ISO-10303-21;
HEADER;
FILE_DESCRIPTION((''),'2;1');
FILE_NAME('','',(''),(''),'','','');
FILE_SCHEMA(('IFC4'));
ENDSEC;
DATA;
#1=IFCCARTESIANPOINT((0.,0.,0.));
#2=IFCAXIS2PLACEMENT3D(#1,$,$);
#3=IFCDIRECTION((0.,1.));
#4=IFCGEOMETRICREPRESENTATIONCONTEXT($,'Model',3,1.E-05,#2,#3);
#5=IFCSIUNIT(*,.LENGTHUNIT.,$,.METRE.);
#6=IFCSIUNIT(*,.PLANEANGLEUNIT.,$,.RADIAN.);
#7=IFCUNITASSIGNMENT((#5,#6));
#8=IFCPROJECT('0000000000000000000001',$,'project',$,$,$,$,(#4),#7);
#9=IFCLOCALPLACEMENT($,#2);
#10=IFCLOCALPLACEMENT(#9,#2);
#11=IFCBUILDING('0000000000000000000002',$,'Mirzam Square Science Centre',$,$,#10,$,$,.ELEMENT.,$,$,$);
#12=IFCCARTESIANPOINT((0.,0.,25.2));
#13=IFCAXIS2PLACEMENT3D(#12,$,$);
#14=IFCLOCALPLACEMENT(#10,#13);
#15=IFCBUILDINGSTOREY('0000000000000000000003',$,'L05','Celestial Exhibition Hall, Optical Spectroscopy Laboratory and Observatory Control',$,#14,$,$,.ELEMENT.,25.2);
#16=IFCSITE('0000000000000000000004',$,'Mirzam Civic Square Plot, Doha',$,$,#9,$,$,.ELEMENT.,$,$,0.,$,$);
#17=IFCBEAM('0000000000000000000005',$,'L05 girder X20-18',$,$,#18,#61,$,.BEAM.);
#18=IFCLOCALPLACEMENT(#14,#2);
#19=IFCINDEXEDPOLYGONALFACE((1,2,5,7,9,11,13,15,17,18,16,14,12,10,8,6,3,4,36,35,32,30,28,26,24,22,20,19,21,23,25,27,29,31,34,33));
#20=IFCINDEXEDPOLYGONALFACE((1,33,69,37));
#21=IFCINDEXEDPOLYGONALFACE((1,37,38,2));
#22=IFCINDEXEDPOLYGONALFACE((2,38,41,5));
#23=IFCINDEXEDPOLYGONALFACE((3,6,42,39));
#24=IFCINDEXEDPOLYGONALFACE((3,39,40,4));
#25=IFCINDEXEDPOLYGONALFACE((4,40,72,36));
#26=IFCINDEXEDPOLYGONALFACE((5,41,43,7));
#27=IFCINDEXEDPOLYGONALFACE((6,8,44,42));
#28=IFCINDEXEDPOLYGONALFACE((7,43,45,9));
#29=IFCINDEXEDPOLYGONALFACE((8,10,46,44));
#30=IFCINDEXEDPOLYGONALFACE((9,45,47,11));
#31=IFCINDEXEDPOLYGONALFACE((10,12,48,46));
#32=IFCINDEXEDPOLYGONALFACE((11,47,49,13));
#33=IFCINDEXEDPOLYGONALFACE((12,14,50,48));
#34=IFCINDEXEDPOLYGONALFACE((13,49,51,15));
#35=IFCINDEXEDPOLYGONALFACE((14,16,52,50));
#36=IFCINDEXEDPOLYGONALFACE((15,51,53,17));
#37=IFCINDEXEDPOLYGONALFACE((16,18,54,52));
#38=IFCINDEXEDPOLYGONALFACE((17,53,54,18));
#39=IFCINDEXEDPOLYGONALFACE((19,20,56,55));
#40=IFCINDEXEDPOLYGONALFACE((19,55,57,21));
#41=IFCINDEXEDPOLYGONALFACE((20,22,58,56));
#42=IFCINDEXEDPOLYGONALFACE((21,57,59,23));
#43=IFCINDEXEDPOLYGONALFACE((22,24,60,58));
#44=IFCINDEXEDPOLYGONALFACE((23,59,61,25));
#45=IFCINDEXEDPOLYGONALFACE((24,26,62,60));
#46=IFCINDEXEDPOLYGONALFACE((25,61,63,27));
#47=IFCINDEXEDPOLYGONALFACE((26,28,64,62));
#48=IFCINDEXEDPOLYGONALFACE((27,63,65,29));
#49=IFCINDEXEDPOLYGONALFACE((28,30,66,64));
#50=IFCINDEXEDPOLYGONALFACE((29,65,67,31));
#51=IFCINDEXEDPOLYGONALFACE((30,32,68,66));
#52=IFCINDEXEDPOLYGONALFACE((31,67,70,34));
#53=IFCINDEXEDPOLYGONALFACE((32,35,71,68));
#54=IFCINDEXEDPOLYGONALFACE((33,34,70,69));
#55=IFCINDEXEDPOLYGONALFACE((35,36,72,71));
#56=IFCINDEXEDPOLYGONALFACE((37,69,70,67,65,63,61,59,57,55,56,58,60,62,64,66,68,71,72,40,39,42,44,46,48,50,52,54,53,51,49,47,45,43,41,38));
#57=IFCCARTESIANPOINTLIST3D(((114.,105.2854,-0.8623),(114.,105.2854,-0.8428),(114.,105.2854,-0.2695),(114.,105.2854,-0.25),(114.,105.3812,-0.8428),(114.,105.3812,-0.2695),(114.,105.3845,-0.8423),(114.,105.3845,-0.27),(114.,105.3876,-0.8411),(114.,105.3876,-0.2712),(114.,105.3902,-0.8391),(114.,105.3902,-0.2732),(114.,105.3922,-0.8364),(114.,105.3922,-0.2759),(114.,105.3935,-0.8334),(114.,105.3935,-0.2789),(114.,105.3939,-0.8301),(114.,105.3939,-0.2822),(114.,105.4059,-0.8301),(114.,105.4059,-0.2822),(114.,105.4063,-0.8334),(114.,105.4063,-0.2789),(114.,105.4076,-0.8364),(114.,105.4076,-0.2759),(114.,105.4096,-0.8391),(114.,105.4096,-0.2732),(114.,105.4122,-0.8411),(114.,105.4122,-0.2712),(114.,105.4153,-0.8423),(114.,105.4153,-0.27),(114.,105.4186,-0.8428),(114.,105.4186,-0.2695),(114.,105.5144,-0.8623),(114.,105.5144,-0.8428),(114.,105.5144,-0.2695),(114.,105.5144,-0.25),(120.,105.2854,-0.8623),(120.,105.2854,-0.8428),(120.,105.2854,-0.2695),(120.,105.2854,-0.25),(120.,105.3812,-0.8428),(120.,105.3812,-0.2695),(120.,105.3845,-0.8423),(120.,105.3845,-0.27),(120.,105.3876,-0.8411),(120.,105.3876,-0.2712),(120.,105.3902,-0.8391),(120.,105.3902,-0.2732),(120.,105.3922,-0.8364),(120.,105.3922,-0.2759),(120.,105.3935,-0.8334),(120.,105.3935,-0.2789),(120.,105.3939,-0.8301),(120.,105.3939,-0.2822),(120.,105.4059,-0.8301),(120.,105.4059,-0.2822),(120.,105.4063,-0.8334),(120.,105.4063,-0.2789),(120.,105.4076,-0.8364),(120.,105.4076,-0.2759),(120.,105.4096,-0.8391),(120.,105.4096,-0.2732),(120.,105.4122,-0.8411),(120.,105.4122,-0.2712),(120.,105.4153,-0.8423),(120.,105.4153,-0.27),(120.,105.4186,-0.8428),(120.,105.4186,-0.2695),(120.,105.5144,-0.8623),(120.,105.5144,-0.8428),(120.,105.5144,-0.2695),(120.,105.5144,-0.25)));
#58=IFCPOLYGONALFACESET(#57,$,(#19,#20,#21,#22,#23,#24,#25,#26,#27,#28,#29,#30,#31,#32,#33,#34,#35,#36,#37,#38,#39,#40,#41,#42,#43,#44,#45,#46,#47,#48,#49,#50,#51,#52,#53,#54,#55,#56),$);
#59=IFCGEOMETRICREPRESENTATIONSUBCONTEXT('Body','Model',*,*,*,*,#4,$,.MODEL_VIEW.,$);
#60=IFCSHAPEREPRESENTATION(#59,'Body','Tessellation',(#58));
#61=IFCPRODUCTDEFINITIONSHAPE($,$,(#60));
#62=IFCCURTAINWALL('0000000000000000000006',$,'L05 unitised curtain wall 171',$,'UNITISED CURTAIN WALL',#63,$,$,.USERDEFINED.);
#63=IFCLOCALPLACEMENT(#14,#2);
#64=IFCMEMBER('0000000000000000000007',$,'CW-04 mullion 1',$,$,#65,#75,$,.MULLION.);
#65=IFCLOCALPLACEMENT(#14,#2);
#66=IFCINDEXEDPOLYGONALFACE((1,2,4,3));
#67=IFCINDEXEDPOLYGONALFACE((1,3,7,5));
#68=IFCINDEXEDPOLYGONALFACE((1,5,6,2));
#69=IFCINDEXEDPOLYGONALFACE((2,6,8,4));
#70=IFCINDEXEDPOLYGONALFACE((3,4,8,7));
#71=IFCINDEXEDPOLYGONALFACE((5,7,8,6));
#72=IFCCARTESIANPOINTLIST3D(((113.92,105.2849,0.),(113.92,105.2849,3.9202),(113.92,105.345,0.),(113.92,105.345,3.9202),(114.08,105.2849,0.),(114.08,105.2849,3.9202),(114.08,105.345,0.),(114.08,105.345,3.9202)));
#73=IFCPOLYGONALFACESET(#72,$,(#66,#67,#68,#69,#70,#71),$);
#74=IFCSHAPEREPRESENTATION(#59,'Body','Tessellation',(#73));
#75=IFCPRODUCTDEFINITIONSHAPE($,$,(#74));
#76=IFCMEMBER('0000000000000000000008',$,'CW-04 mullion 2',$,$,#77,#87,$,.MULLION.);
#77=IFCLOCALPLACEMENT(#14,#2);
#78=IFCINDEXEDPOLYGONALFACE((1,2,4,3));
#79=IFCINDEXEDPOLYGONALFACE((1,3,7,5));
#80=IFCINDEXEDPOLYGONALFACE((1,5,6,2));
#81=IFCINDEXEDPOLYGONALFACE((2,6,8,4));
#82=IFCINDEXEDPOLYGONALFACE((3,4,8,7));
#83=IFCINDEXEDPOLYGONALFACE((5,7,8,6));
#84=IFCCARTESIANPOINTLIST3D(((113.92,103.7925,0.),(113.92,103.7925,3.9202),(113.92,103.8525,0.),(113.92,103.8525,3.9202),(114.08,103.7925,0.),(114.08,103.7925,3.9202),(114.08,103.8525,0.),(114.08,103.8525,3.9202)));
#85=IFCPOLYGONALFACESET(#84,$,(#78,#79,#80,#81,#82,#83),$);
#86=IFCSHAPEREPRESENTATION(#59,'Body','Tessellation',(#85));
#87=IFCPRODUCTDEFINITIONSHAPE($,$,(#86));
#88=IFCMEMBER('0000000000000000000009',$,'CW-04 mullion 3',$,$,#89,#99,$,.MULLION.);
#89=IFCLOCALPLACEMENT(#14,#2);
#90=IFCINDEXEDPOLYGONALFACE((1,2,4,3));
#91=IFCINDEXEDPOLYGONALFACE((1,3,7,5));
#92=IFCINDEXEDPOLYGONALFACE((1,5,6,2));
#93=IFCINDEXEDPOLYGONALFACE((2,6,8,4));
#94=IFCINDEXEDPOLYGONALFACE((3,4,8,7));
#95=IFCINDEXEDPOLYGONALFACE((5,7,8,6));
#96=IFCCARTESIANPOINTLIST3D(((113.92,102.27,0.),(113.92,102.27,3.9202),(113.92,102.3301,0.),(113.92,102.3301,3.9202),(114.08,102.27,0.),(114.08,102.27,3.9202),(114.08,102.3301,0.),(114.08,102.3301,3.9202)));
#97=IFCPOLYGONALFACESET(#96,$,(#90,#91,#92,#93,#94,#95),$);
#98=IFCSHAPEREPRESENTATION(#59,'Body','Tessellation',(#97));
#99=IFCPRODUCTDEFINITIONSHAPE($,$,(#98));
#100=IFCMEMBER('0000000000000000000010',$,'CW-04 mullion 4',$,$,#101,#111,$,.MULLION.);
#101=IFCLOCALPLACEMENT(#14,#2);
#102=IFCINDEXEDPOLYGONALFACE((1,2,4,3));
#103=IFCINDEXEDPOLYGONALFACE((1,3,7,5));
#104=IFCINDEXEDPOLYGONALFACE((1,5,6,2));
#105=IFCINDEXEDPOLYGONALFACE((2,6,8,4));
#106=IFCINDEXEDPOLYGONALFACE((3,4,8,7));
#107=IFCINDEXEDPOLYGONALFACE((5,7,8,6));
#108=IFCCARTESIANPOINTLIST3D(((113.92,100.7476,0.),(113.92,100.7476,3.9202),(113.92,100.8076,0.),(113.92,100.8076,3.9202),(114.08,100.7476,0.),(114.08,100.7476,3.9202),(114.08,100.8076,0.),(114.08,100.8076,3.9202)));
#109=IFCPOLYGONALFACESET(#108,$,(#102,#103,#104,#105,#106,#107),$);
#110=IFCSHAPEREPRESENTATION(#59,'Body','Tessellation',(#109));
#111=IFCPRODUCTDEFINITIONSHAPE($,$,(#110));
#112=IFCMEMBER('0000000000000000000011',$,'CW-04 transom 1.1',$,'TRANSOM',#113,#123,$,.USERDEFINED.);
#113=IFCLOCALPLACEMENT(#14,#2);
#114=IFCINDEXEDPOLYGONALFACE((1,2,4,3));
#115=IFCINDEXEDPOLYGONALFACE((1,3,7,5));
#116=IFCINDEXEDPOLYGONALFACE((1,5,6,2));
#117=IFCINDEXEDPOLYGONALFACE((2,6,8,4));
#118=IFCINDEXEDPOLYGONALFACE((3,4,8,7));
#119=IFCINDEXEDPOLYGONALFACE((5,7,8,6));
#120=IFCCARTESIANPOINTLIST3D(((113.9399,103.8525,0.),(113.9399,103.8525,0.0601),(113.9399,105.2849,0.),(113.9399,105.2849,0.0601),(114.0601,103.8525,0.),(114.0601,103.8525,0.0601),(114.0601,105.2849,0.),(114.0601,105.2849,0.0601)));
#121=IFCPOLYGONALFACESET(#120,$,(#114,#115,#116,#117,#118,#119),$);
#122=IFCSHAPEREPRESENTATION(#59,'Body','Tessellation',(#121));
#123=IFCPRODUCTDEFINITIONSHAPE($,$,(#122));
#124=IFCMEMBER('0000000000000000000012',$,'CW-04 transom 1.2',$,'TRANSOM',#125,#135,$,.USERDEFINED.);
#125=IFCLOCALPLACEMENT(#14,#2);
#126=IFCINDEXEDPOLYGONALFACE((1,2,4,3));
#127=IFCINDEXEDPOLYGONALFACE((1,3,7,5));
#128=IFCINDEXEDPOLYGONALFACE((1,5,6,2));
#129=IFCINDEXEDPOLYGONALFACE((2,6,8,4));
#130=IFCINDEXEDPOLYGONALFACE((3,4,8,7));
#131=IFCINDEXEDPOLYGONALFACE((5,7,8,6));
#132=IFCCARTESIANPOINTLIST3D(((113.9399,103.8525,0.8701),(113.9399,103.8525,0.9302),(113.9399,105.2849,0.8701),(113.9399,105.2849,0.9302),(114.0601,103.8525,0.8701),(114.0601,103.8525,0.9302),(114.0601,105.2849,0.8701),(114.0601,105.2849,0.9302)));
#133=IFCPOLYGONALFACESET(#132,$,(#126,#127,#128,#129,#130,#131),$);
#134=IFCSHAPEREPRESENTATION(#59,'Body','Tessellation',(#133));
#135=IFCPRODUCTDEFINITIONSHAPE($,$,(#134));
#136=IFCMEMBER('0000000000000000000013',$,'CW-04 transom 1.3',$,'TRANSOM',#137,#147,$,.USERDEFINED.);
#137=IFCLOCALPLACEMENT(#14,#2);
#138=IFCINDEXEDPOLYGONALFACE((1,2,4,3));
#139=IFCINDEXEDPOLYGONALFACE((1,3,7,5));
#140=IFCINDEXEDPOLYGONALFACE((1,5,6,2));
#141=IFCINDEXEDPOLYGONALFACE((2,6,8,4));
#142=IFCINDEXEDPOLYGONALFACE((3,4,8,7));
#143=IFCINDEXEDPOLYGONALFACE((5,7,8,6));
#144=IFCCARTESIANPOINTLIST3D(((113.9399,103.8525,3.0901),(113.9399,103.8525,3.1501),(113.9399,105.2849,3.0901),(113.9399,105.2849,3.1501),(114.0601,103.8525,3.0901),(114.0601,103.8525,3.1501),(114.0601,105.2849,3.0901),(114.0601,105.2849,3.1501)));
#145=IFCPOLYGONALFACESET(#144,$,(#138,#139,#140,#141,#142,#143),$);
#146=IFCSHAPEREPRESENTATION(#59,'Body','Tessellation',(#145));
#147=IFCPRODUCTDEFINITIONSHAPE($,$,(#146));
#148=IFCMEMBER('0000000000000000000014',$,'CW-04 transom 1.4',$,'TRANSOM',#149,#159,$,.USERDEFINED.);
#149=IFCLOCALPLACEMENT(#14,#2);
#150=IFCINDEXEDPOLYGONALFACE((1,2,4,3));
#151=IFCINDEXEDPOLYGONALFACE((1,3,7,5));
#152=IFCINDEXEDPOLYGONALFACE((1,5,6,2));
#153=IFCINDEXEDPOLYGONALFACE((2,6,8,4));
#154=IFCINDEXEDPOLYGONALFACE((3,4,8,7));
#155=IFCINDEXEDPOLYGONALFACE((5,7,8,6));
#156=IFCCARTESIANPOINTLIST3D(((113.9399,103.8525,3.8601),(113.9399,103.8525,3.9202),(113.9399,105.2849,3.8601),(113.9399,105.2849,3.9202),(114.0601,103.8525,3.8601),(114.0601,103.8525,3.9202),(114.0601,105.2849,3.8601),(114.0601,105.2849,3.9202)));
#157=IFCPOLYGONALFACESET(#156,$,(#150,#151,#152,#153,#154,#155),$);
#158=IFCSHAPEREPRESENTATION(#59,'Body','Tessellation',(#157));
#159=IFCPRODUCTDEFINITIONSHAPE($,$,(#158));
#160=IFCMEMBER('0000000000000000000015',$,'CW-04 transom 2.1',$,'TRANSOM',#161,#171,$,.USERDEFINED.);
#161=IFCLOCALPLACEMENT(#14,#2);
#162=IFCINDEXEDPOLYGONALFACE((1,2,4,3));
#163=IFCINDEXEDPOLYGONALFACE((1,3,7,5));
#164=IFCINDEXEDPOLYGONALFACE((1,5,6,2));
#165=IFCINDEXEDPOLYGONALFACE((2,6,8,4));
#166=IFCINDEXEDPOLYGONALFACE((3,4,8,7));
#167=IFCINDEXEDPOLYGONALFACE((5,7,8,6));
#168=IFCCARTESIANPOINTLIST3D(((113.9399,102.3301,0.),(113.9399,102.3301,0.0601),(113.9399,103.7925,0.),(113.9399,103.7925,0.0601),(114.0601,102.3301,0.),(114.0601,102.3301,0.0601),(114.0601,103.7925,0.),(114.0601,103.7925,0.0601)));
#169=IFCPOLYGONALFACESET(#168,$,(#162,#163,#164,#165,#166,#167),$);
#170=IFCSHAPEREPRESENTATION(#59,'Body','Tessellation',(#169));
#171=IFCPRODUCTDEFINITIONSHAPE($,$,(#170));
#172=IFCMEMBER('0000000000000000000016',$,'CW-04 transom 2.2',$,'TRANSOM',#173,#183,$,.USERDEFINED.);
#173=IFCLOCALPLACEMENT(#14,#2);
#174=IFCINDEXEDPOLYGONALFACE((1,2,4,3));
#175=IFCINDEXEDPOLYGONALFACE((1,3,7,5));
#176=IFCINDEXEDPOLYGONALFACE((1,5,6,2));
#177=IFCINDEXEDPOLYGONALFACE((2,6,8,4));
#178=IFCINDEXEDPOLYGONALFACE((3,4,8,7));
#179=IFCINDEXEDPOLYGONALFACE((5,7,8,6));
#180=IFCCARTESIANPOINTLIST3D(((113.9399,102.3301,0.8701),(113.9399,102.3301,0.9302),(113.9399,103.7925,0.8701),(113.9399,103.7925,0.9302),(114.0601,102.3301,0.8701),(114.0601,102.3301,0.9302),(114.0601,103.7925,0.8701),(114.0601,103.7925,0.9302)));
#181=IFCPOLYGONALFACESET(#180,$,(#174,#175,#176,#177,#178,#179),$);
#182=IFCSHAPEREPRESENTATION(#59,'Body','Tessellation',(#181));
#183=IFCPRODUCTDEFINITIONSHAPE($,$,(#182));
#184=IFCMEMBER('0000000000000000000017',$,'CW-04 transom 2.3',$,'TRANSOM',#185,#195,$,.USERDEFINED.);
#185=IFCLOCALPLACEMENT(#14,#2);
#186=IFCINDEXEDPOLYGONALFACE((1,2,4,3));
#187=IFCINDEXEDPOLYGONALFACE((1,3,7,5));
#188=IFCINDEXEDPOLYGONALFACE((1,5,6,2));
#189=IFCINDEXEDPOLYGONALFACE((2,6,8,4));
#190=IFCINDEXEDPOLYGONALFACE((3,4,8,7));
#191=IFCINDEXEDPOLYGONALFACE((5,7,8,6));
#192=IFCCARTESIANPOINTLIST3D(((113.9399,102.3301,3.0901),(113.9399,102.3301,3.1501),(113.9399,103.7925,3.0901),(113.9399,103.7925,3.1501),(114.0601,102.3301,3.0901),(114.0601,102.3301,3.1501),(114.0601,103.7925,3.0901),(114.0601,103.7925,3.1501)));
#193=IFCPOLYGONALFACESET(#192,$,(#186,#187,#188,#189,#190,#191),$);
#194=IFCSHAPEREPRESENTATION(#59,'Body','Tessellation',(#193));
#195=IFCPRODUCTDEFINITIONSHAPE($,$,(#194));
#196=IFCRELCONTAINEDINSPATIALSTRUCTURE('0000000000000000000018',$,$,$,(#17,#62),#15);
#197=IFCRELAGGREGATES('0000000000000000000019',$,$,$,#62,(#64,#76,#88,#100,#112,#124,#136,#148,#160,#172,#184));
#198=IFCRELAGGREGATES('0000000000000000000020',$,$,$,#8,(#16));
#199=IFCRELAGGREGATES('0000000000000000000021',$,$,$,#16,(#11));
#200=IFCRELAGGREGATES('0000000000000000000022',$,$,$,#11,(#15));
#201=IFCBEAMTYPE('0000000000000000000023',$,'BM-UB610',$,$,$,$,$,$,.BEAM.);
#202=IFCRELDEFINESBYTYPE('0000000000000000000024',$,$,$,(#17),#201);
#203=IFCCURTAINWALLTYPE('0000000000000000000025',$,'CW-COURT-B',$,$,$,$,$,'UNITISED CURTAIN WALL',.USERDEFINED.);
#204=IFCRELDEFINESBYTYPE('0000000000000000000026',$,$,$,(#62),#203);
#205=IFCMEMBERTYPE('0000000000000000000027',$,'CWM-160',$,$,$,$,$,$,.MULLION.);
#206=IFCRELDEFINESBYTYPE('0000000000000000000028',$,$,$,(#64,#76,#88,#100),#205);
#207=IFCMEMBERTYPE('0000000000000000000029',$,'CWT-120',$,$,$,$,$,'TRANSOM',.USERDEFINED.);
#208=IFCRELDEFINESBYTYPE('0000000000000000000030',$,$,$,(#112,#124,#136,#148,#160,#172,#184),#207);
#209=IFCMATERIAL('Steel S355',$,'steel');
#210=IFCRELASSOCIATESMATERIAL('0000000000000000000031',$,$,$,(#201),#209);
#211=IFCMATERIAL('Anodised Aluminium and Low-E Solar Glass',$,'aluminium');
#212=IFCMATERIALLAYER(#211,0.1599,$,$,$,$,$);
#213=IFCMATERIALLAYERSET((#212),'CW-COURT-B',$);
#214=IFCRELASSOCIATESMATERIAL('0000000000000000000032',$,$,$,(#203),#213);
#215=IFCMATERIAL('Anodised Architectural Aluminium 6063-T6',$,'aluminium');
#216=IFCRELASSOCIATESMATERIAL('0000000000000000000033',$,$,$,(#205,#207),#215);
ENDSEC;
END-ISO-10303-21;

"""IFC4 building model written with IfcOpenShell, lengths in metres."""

from ifc_helpers import new_model, si_unit, direction, frame, origin, origin_2d, place, context, subcontext, project, spatial, rectangle, i_section, extrude, material, layer, layer_set, material_profile, profile_set, type_object, element, aggregate, save


model = new_model("IFC4")

# Units and contexts
model_context = context("Model", 3, precision=1e-05, world=origin(), true_north=direction((0.0, 1.0)))
body_context = subcontext(model_context, "Body", "Model", "MODEL_VIEW")
ifc_project = project(units=[si_unit("LENGTHUNIT", "METRE"), si_unit("PLANEANGLEUNIT", "RADIAN")], contexts=[model_context])

# Site, building, storey
site_placement = place(None, origin())
site = spatial("IfcSite", under=ifc_project, at=site_placement, Name="Mirzam Civic Square Plot, Doha", CompositionType="ELEMENT", RefElevation=0.0)
building_placement = place(site_placement, origin())
building = spatial("IfcBuilding", under=site, at=building_placement, Name="Mirzam Square Science Centre", CompositionType="ELEMENT")
storey_placement = place(building_placement, frame((0.0, 0.0, 25.2)))
storey = spatial("IfcBuildingStorey", under=building, at=storey_placement, Name="L05", Description="Celestial Exhibition Hall, Optical Spectroscopy Laboratory and Observatory Control", CompositionType="ELEMENT", Elevation=25.2)

# Shared definitions
ifc_material_1 = material(Name="Steel S355", Category="steel")

# Beam
ifc_material_profile_1 = material_profile(ifc_material_1, i_section(OverallWidth=0.229, OverallDepth=0.6123, WebThickness=0.012, FlangeThickness=0.0195, FilletRadius=0.0127, at=origin_2d()), Name="610x229x125UB")
ifc_profile_set_1 = profile_set([ifc_material_profile_1], Name="Steel S355")
beam_type_1 = type_object("IfcBeamType", Name="BM-UB610", PredefinedType="BEAM", material=ifc_profile_set_1)
beam_1_placement = place(storey_placement, frame((114.0, 105.3999, -0.5562), z_axis=(1.0, 0.0, 0.0), x_axis=(0.0, 1.0, 0.0)))
element("IfcBeam", 1, at=beam_1_placement, inside=storey, type_object=beam_type_1, Name="L05 girder X20-18", PredefinedType="BEAM", context=body_context, shape_type="SweptSolid", body=[
    extrude(i_section(OverallWidth=0.229, OverallDepth=0.6123, WebThickness=0.012, FlangeThickness=0.0195, FilletRadius=0.0127, at=origin_2d()), origin(), (0.0, 0.0, 1.0), 6.0),
])

# Curtain wall, members
ifc_material_2 = material(Name="Anodised Aluminium and Low-E Solar Glass", Category="aluminium")
ifc_layer_1 = layer(ifc_material_2, 0.1599)
ifc_layer_set_1 = layer_set([ifc_layer_1], Name="CW-COURT-B")
curtain_wall_type = type_object("IfcCurtainWallType", Name="CW-COURT-B", ElementType="UNITISED CURTAIN WALL", PredefinedType="USERDEFINED", material=ifc_layer_set_1)
curtain_wall_placement = place(storey_placement, origin())
curtain_wall = element("IfcCurtainWall", 2, at=curtain_wall_placement, inside=storey, type_object=curtain_wall_type, Name="L05 unitised curtain wall 171", ObjectType="UNITISED CURTAIN WALL", PredefinedType="USERDEFINED")
ifc_material_3 = material(Name="Anodised Architectural Aluminium 6063-T6", Category="aluminium")
ifc_material_profile_2 = material_profile(ifc_material_3, rectangle(XDim=0.0601, YDim=0.1599, at=origin_2d()), Name="ALU-MULL-160x60x4")
ifc_profile_set_2 = profile_set([ifc_material_profile_2], Name="Anodised Architectural Aluminium 6063-T6")
member_type_1 = type_object("IfcMemberType", Name="CWM-160", PredefinedType="MULLION", material=ifc_profile_set_2)
member_1_placement = place(storey_placement, frame((114.0, 105.3149, 0.0), z_axis=(0.0, 0.0, 1.0), x_axis=(0.0, -1.0, 0.0)))
member_1 = element("IfcMember", 3, at=member_1_placement, type_object=member_type_1, Name="CW-04 mullion 1", PredefinedType="MULLION", context=body_context, shape_type="SweptSolid", body=[
    extrude(rectangle(XDim=0.0601, YDim=0.1599, at=origin_2d()), origin(), (0.0, 0.0, 1.0), 3.9202),
])
member_2_placement = place(storey_placement, frame((114.0, 103.8225, 0.0), z_axis=(0.0, 0.0, 1.0), x_axis=(0.0, -1.0, 0.0)))
member_2 = element("IfcMember", 4, at=member_2_placement, type_object=member_type_1, Name="CW-04 mullion 2", PredefinedType="MULLION", context=body_context, shape_type="SweptSolid", body=[
    extrude(rectangle(XDim=0.0601, YDim=0.1599, at=origin_2d()), origin(), (0.0, 0.0, 1.0), 3.9202),
])
member_3_placement = place(storey_placement, frame((114.0, 102.3, 0.0), z_axis=(0.0, 0.0, 1.0), x_axis=(0.0, -1.0, 0.0)))
member_3 = element("IfcMember", 5, at=member_3_placement, type_object=member_type_1, Name="CW-04 mullion 3", PredefinedType="MULLION", context=body_context, shape_type="SweptSolid", body=[
    extrude(rectangle(XDim=0.0601, YDim=0.1599, at=origin_2d()), origin(), (0.0, 0.0, 1.0), 3.9202),
])
member_4_placement = place(storey_placement, frame((114.0, 100.7776, 0.0), z_axis=(0.0, 0.0, 1.0), x_axis=(0.0, -1.0, 0.0)))
member_4 = element("IfcMember", 6, at=member_4_placement, type_object=member_type_1, Name="CW-04 mullion 4", PredefinedType="MULLION", context=body_context, shape_type="SweptSolid", body=[
    extrude(rectangle(XDim=0.0601, YDim=0.1599, at=origin_2d()), origin(), (0.0, 0.0, 1.0), 3.9202),
])
ifc_material_profile_3 = material_profile(ifc_material_3, rectangle(XDim=0.1201, YDim=0.0601, at=origin_2d()), Name="ALU-TRAN-120x60x4")
ifc_profile_set_3 = profile_set([ifc_material_profile_3], Name="Anodised Architectural Aluminium 6063-T6")
member_type_2 = type_object("IfcMemberType", Name="CWT-120", ElementType="TRANSOM", PredefinedType="USERDEFINED", material=ifc_profile_set_3)
member_5_placement = place(storey_placement, frame((114.0, 105.2849, 0.03), z_axis=(0.0, -1.0, 0.0), x_axis=(1.0, 0.0, 0.0)))
member_5 = element("IfcMember", 7, at=member_5_placement, type_object=member_type_2, Name="CW-04 transom 1.1", ObjectType="TRANSOM", PredefinedType="USERDEFINED", context=body_context, shape_type="SweptSolid", body=[
    extrude(rectangle(XDim=0.1201, YDim=0.0601, at=origin_2d()), origin(), (0.0, 0.0, 1.0), 1.4324),
])
member_6_placement = place(storey_placement, frame((114.0, 105.2849, 0.9001), z_axis=(0.0, -1.0, 0.0), x_axis=(1.0, 0.0, 0.0)))
member_6 = element("IfcMember", 8, at=member_6_placement, type_object=member_type_2, Name="CW-04 transom 1.2", ObjectType="TRANSOM", PredefinedType="USERDEFINED", context=body_context, shape_type="SweptSolid", body=[
    extrude(rectangle(XDim=0.1201, YDim=0.0601, at=origin_2d()), origin(), (0.0, 0.0, 1.0), 1.4324),
])
member_7_placement = place(storey_placement, frame((114.0, 105.2849, 3.1201), z_axis=(0.0, -1.0, 0.0), x_axis=(1.0, 0.0, 0.0)))
member_7 = element("IfcMember", 9, at=member_7_placement, type_object=member_type_2, Name="CW-04 transom 1.3", ObjectType="TRANSOM", PredefinedType="USERDEFINED", context=body_context, shape_type="SweptSolid", body=[
    extrude(rectangle(XDim=0.1201, YDim=0.0601, at=origin_2d()), origin(), (0.0, 0.0, 1.0), 1.4324),
])
member_8_placement = place(storey_placement, frame((114.0, 105.2849, 3.8901), z_axis=(0.0, -1.0, 0.0), x_axis=(1.0, 0.0, 0.0)))
member_8 = element("IfcMember", 10, at=member_8_placement, type_object=member_type_2, Name="CW-04 transom 1.4", ObjectType="TRANSOM", PredefinedType="USERDEFINED", context=body_context, shape_type="SweptSolid", body=[
    extrude(rectangle(XDim=0.1201, YDim=0.0601, at=origin_2d()), origin(), (0.0, 0.0, 1.0), 1.4324),
])
member_9_placement = place(storey_placement, frame((114.0, 103.7925, 0.03), z_axis=(0.0, -1.0, 0.0), x_axis=(1.0, 0.0, 0.0)))
member_9 = element("IfcMember", 11, at=member_9_placement, type_object=member_type_2, Name="CW-04 transom 2.1", ObjectType="TRANSOM", PredefinedType="USERDEFINED", context=body_context, shape_type="SweptSolid", body=[
    extrude(rectangle(XDim=0.1201, YDim=0.0601, at=origin_2d()), origin(), (0.0, 0.0, 1.0), 1.4624),
])
member_10_placement = place(storey_placement, frame((114.0, 103.7925, 0.9001), z_axis=(0.0, -1.0, 0.0), x_axis=(1.0, 0.0, 0.0)))
member_10 = element("IfcMember", 12, at=member_10_placement, type_object=member_type_2, Name="CW-04 transom 2.2", ObjectType="TRANSOM", PredefinedType="USERDEFINED", context=body_context, shape_type="SweptSolid", body=[
    extrude(rectangle(XDim=0.1201, YDim=0.0601, at=origin_2d()), origin(), (0.0, 0.0, 1.0), 1.4624),
])
member_11_placement = place(storey_placement, frame((114.0, 103.7925, 3.1201), z_axis=(0.0, -1.0, 0.0), x_axis=(1.0, 0.0, 0.0)))
member_11 = element("IfcMember", 13, at=member_11_placement, type_object=member_type_2, Name="CW-04 transom 2.3", ObjectType="TRANSOM", PredefinedType="USERDEFINED", context=body_context, shape_type="SweptSolid", body=[
    extrude(rectangle(XDim=0.1201, YDim=0.0601, at=origin_2d()), origin(), (0.0, 0.0, 1.0), 1.4624),
])

aggregate(curtain_wall, [member_1, member_2, member_3, member_4, member_5, member_6, member_7, member_8, member_9, member_10, member_11])

save(model, "model.ifc")
